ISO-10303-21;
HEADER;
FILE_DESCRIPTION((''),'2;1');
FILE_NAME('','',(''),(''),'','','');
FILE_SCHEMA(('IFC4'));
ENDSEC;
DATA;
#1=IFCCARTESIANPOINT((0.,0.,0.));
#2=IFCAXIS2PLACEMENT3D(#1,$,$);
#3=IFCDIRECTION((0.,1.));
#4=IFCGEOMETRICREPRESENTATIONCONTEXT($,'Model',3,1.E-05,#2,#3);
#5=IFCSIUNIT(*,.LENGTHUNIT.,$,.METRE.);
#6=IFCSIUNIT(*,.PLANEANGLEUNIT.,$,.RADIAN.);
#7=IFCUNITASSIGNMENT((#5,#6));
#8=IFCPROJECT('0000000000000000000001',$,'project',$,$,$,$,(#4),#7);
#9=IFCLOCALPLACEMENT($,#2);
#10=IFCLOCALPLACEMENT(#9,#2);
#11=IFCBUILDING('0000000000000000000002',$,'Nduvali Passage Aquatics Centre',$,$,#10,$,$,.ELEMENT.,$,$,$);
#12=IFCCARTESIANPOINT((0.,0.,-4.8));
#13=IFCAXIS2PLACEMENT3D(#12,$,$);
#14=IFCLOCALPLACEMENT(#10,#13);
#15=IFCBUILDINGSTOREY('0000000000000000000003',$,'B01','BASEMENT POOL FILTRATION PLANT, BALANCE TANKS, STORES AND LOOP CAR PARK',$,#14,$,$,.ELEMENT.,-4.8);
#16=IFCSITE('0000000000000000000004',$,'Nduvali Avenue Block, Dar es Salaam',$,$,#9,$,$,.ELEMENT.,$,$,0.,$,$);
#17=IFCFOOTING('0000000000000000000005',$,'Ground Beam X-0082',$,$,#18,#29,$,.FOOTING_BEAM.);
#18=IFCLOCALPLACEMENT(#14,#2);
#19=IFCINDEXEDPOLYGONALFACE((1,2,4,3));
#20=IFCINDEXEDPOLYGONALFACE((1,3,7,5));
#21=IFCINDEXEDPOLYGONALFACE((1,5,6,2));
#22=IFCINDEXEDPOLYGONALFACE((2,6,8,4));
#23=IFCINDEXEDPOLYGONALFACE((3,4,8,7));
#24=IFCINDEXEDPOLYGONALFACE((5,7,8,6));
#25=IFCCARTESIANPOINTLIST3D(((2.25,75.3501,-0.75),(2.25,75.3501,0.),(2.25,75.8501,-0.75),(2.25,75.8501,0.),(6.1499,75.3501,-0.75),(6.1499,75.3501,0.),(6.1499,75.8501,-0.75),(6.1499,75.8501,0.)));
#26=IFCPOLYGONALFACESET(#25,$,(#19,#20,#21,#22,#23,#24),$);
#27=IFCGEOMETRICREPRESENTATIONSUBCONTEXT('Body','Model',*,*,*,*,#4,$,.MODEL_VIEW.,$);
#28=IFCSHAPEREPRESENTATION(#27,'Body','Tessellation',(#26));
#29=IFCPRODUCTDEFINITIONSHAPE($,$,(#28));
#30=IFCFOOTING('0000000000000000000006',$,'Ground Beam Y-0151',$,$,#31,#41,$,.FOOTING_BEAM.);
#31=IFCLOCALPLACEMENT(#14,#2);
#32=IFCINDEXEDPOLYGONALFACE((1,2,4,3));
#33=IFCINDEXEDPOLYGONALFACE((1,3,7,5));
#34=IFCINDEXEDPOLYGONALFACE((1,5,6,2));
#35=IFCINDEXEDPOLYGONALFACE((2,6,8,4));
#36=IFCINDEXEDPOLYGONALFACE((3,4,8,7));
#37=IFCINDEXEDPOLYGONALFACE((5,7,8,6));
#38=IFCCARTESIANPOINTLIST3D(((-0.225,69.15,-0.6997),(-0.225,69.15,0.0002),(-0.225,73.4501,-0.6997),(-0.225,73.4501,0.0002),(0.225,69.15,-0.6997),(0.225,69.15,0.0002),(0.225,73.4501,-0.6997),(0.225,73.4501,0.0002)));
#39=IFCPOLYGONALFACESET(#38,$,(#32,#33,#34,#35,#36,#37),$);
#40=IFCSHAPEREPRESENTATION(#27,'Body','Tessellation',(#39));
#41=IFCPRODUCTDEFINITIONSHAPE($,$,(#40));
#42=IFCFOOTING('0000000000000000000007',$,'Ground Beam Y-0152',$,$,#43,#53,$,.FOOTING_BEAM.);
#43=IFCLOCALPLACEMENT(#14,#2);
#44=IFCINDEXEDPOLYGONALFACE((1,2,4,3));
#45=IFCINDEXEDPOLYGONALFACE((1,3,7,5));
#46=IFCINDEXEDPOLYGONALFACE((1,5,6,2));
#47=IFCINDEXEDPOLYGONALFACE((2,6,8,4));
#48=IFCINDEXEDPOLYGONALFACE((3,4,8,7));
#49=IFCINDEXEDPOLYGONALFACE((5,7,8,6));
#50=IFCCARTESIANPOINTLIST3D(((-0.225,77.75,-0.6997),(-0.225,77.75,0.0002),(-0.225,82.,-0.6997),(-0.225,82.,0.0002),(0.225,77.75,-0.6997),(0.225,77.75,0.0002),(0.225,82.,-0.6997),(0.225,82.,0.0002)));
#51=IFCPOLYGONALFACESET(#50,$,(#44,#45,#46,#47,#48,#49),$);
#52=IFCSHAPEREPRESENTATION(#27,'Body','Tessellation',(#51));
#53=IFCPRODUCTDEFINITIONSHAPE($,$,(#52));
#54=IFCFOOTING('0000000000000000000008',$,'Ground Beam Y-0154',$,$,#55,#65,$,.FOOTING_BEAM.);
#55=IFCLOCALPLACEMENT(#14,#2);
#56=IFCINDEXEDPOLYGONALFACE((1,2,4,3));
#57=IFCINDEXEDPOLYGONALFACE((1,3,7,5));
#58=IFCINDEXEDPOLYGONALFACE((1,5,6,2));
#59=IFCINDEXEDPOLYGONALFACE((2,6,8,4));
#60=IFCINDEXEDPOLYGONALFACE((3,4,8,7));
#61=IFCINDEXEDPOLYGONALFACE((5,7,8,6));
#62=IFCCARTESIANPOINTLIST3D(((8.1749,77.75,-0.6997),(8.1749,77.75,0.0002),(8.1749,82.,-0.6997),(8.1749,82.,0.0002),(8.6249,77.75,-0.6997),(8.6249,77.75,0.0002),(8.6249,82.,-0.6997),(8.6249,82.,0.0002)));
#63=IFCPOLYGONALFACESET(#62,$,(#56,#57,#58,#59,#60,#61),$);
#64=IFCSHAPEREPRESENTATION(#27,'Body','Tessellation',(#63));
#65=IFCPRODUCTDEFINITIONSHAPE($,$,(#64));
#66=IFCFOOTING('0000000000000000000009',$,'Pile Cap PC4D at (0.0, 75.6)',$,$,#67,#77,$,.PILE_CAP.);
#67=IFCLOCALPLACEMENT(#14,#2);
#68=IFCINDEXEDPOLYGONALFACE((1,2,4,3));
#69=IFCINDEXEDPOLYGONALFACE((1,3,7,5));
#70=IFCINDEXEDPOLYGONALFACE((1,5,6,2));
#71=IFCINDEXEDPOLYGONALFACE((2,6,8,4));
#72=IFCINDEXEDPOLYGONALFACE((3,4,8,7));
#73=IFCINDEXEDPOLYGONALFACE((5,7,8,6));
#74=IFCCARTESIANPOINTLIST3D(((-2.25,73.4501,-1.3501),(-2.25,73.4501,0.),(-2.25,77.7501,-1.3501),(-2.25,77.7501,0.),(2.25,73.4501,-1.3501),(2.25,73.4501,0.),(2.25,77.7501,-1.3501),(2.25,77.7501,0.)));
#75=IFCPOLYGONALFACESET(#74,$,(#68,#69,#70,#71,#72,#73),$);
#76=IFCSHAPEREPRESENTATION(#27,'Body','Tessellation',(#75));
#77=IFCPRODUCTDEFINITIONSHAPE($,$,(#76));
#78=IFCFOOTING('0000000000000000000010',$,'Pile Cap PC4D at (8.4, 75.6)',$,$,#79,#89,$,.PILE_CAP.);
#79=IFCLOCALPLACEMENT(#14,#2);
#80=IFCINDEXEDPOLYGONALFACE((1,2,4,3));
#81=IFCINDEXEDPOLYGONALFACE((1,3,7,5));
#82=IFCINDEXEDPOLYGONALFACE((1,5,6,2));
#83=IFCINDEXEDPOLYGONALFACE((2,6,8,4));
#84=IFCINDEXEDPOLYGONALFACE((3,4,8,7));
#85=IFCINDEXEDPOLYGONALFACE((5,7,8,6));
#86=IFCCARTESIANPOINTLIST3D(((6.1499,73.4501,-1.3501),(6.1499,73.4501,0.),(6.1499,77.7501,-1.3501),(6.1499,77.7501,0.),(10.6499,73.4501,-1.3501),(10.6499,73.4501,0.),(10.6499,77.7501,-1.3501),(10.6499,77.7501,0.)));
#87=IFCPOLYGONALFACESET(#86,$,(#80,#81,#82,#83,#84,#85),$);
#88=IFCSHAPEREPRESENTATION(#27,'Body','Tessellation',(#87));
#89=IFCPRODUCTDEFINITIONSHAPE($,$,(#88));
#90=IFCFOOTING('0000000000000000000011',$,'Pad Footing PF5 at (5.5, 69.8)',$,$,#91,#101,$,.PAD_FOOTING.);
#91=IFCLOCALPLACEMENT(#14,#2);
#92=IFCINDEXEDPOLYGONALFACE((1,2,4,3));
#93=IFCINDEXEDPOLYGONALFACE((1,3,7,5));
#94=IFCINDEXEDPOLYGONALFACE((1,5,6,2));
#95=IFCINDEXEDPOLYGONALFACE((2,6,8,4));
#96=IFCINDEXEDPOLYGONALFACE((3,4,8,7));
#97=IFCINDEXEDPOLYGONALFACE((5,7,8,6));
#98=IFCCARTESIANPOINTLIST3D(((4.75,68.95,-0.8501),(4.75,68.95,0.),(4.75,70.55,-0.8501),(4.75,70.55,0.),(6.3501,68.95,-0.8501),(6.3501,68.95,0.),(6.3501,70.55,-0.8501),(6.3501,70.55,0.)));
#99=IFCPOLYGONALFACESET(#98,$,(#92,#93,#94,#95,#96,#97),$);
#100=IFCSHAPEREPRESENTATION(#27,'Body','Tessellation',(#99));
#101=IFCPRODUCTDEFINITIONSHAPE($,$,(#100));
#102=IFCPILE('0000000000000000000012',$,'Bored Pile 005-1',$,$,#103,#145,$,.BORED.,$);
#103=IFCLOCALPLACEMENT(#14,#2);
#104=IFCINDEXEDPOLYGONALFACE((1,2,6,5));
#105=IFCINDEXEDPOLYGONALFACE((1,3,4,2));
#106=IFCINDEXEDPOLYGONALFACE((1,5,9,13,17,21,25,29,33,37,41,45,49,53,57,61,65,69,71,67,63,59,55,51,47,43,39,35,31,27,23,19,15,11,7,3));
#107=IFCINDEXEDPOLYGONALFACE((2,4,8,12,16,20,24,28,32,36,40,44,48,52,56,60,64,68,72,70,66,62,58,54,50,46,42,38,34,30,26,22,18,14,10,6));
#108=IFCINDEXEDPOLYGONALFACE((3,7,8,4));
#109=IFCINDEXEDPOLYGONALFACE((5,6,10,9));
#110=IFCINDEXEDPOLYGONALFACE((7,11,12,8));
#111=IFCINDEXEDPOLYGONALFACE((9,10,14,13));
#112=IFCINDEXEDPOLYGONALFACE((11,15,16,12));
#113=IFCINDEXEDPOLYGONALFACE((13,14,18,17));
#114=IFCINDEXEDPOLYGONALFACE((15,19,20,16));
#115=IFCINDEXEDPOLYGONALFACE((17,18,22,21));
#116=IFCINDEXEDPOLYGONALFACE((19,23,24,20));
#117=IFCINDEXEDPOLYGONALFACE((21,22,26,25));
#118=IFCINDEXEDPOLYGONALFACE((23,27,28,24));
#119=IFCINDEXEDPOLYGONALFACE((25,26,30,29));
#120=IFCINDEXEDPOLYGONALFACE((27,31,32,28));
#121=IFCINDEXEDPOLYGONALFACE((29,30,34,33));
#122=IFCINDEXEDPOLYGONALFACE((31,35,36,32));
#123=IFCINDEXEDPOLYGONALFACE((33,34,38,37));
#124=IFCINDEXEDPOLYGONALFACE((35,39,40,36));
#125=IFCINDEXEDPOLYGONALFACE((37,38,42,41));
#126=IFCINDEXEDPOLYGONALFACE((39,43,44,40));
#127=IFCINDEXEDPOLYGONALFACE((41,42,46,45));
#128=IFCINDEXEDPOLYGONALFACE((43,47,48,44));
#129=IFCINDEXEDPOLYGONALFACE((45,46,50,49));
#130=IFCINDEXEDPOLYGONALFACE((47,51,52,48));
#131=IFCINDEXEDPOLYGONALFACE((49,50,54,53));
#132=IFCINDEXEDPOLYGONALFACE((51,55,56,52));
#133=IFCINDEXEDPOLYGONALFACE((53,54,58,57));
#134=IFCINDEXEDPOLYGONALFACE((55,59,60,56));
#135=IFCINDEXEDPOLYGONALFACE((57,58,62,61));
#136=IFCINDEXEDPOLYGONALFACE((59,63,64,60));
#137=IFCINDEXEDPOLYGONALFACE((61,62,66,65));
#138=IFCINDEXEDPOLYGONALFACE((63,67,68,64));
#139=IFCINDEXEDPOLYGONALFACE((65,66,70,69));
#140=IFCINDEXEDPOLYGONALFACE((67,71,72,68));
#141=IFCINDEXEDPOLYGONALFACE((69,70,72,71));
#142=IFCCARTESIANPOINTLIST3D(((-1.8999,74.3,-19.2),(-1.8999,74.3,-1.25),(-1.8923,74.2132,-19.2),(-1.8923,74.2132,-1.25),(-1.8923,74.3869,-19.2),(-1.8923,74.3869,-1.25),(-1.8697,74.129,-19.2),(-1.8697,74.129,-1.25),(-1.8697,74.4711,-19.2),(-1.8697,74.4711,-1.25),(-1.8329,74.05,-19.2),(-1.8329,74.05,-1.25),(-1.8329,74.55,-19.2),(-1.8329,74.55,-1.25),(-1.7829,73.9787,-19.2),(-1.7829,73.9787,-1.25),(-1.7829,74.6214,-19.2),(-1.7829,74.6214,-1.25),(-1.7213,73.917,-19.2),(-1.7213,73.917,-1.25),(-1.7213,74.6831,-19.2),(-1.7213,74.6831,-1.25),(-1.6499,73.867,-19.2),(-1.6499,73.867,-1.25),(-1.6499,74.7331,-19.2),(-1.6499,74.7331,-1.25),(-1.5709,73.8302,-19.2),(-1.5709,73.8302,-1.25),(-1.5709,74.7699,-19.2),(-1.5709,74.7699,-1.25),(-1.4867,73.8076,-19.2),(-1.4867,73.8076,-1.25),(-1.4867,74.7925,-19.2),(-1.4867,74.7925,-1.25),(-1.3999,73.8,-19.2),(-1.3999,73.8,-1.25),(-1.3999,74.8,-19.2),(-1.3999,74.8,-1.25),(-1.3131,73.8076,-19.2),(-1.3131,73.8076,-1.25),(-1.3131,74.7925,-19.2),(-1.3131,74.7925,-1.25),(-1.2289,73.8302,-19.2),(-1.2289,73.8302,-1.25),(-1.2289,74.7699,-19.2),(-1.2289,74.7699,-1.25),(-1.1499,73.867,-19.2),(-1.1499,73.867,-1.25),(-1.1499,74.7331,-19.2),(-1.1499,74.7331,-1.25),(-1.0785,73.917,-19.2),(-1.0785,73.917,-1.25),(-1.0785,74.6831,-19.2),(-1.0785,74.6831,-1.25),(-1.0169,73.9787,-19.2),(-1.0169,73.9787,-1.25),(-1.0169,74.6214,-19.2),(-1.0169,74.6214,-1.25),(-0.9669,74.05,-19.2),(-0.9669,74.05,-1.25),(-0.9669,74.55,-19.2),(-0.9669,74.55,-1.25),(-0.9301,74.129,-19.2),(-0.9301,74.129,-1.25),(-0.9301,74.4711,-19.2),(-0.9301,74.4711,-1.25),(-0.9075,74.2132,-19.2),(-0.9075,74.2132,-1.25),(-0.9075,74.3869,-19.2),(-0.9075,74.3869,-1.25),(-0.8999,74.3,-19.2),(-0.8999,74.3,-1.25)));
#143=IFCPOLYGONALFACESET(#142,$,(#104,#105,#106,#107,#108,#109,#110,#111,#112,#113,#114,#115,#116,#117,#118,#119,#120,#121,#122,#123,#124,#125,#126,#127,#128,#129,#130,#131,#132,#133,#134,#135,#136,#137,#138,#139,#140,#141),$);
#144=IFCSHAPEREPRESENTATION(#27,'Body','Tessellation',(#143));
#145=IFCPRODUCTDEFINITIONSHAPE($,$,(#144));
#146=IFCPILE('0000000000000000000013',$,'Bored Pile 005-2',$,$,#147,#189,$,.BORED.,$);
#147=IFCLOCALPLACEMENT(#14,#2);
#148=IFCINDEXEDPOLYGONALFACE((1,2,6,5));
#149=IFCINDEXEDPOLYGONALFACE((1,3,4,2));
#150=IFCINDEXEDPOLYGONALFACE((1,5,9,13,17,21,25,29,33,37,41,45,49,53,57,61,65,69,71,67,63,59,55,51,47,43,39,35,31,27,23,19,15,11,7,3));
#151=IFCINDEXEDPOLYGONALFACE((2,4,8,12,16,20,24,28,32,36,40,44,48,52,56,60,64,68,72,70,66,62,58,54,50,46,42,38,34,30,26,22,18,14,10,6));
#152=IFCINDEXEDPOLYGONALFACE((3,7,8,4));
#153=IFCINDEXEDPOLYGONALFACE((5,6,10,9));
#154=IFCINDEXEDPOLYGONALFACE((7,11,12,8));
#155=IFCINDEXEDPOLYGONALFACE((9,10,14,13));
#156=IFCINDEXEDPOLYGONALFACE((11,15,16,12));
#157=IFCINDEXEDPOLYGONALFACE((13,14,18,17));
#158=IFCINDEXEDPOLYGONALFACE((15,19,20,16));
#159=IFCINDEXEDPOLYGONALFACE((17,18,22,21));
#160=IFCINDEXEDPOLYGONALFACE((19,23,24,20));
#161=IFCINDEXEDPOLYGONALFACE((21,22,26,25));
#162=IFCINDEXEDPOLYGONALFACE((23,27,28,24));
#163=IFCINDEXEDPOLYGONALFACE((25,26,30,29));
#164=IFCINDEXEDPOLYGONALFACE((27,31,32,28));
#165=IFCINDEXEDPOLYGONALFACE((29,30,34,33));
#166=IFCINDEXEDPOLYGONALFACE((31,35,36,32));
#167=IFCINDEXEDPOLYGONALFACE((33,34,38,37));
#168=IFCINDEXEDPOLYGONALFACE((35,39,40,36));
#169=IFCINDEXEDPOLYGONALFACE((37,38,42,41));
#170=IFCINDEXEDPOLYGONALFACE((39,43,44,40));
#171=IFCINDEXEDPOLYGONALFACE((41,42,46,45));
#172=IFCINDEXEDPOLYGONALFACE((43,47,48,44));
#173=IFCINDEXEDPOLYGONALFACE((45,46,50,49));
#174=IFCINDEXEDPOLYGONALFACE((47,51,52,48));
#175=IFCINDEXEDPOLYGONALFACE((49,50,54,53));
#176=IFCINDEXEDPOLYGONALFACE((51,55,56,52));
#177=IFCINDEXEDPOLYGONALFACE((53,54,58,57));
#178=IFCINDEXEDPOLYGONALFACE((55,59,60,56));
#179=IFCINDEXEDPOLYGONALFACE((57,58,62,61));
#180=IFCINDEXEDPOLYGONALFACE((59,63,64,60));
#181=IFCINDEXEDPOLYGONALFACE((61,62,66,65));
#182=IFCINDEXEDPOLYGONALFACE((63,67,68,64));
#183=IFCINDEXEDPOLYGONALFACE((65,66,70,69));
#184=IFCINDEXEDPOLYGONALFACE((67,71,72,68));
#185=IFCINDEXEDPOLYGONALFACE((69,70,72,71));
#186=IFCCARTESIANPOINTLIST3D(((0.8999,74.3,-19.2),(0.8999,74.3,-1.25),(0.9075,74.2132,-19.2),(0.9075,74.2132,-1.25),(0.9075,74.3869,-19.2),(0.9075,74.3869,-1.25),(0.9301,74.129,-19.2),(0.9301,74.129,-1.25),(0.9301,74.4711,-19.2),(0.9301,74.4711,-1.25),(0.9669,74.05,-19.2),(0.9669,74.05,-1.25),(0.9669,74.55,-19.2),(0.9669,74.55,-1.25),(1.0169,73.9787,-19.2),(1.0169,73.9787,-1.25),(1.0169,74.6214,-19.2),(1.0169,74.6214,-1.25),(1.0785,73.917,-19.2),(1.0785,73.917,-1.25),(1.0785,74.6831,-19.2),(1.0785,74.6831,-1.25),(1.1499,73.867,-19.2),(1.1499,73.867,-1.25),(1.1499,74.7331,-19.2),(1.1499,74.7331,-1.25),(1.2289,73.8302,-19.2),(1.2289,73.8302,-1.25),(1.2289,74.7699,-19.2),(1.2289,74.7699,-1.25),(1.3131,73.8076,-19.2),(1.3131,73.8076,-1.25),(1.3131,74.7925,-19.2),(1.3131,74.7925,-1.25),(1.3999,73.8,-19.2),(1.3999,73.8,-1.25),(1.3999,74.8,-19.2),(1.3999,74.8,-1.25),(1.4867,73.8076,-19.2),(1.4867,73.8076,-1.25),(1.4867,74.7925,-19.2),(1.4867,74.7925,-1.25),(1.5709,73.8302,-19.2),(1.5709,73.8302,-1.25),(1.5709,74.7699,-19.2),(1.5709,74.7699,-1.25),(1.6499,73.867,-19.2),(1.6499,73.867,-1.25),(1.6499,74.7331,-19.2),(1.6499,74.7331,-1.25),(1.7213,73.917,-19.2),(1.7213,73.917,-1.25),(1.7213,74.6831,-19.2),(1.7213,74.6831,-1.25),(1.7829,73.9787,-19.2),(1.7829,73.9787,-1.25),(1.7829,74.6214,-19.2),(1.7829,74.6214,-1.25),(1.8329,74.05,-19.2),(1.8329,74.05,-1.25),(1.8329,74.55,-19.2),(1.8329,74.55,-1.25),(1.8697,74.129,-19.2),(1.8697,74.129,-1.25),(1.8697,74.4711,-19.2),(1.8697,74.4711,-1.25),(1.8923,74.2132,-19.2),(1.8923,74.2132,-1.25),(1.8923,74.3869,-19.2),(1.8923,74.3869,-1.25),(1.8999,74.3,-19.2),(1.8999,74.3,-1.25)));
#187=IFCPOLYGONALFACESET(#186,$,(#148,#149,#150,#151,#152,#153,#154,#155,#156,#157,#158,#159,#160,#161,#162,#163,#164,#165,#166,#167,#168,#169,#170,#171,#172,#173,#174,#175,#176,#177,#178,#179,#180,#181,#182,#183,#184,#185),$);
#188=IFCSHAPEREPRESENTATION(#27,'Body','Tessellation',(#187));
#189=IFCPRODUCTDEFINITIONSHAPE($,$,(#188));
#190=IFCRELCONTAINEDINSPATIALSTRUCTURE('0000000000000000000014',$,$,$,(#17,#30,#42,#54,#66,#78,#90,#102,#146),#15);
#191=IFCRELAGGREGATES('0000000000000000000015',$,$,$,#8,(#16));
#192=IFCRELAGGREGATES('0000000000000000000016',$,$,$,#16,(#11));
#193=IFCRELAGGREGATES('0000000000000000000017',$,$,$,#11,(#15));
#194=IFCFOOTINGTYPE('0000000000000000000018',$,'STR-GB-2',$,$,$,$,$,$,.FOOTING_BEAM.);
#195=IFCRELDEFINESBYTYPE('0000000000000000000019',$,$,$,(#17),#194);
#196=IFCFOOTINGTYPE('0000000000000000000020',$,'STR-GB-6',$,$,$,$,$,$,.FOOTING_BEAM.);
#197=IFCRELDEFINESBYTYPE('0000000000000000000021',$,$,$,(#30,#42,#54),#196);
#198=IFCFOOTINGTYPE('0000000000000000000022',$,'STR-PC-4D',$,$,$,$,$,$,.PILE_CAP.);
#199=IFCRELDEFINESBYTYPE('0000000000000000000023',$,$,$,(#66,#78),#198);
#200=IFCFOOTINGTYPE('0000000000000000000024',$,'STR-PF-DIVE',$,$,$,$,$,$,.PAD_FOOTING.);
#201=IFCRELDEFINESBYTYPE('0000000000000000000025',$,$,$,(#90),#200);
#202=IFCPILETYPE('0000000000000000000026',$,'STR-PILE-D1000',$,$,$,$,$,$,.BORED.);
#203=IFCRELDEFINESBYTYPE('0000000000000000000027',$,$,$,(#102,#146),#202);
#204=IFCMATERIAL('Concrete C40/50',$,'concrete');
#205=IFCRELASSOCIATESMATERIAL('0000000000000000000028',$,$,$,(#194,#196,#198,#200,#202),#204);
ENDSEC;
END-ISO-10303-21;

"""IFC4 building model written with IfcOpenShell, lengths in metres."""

from ifc_helpers import new_model, si_unit, direction, frame, origin, origin_2d, place, context, subcontext, project, spatial, rectangle, circle, extrude, material, material_profile, profile_set, type_object, element, save


model = new_model("IFC4")

# Units and contexts
model_context = context("Model", 3, precision=1e-05, world=origin(), true_north=direction((0.0, 1.0)))
body_context = subcontext(model_context, "Body", "Model", "MODEL_VIEW")
ifc_project = project(units=[si_unit("LENGTHUNIT", "METRE"), si_unit("PLANEANGLEUNIT", "RADIAN")], contexts=[model_context])

# Site, building, storey
site_placement = place(None, origin())
site = spatial("IfcSite", under=ifc_project, at=site_placement, Name="Nduvali Avenue Block, Dar es Salaam", CompositionType="ELEMENT", RefElevation=0.0)
building_placement = place(site_placement, origin())
building = spatial("IfcBuilding", under=site, at=building_placement, Name="Nduvali Passage Aquatics Centre", CompositionType="ELEMENT")
storey_placement = place(building_placement, frame((0.0, 0.0, -4.8)))
storey = spatial("IfcBuildingStorey", under=building, at=storey_placement, Name="B01", Description="BASEMENT POOL FILTRATION PLANT, BALANCE TANKS, STORES AND LOOP CAR PARK", CompositionType="ELEMENT", Elevation=-4.8)

# Footings
ifc_material_1 = material(Name="Concrete C40/50", Category="concrete")
footing_type_1 = type_object("IfcFootingType", Name="STR-GB-2", PredefinedType="FOOTING_BEAM", material=ifc_material_1)
footing_1_placement = place(storey_placement, frame((4.2, 75.6001, -0.75), z_axis=(0.0, 0.0, 1.0), x_axis=(1.0, 0.0, 0.0)))
element("IfcFooting", 1, at=footing_1_placement, inside=storey, type_object=footing_type_1, Name="Ground Beam X-0082", PredefinedType="FOOTING_BEAM", context=body_context, shape_type="SweptSolid", body=[
    extrude(rectangle(XDim=3.8999, YDim=0.5, at=origin_2d()), origin(), (0.0, 0.0, 1.0), 0.75),
])
footing_type_2 = type_object("IfcFootingType", Name="STR-GB-6", PredefinedType="FOOTING_BEAM", material=ifc_material_1)
footing_2_placement = place(storey_placement, frame((0.0, 71.3, -0.6997), z_axis=(0.0, 0.0, 1.0), x_axis=(0.0, 1.0, 0.0)))
element("IfcFooting", 2, at=footing_2_placement, inside=storey, type_object=footing_type_2, Name="Ground Beam Y-0151", PredefinedType="FOOTING_BEAM", context=body_context, shape_type="SweptSolid", body=[
    extrude(rectangle(XDim=4.3, YDim=0.45, at=origin_2d()), origin(), (0.0, 0.0, 1.0), 0.7),
])
for number, where, z_axis, x_axis, name in (
    (3, (0.0, 79.875, -0.6997), (0.0, 0.0, 1.0), (0.0, 1.0, 0.0), "Ground Beam Y-0152"),
    (4, (8.3999, 79.875, -0.6997), (0.0, 0.0, 1.0), (0.0, 1.0, 0.0), "Ground Beam Y-0154"),
):
    element("IfcFooting", number, at=place(storey_placement, frame(where, z_axis=z_axis, x_axis=x_axis)), inside=storey, type_object=footing_type_2, Name=name, PredefinedType="FOOTING_BEAM", context=body_context, shape_type="SweptSolid", body=[
        extrude(rectangle(XDim=4.25, YDim=0.45, at=origin_2d()), origin(), (0.0, 0.0, 1.0), 0.7),
    ])
footing_type_3 = type_object("IfcFootingType", Name="STR-PC-4D", PredefinedType="PILE_CAP", material=ifc_material_1)
for number, where, z_axis, x_axis, name in (
    (5, (0.0, 75.6001, -1.3501), (0.0, 0.0, 1.0), (1.0, 0.0, 0.0), "Pile Cap PC4D at (0.0, 75.6)"),
    (6, (8.3999, 75.6001, -1.3501), (0.0, 0.0, 1.0), (1.0, 0.0, 0.0), "Pile Cap PC4D at (8.4, 75.6)"),
):
    element("IfcFooting", number, at=place(storey_placement, frame(where, z_axis=z_axis, x_axis=x_axis)), inside=storey, type_object=footing_type_3, Name=name, PredefinedType="PILE_CAP", context=body_context, shape_type="SweptSolid", body=[
        extrude(rectangle(XDim=4.5, YDim=4.3, at=origin_2d()), origin(), (0.0, 0.0, 1.0), 1.3501),
    ])
footing_type_4 = type_object("IfcFootingType", Name="STR-PF-DIVE", PredefinedType="PAD_FOOTING", material=ifc_material_1)
footing_3_placement = place(storey_placement, frame((5.55, 69.75, -0.8501), z_axis=(0.0, 0.0, 1.0), x_axis=(1.0, 0.0, 0.0)))
element("IfcFooting", 7, at=footing_3_placement, inside=storey, type_object=footing_type_4, Name="Pad Footing PF5 at (5.5, 69.8)", PredefinedType="PAD_FOOTING", context=body_context, shape_type="SweptSolid", body=[
    extrude(rectangle(XDim=1.6001, YDim=1.6001, at=origin_2d()), origin(), (0.0, 0.0, 1.0), 0.8501),
])

# Piles
ifc_material_profile_1 = material_profile(ifc_material_1, circle(Radius=0.5, at=origin_2d()), Name="PILE D1000")
ifc_profile_set_1 = profile_set([ifc_material_profile_1], Name="Concrete C40/50")
pile_type = type_object("IfcPileType", Name="STR-PILE-D1000", PredefinedType="BORED", material=ifc_profile_set_1)
for number, where, z_axis, x_axis, name in (
    (8, (-1.3999, 74.3, -1.25), (0.0, 0.0, -1.0), (1.0, 0.0, 0.0), "Bored Pile 005-1"),
    (9, (1.3999, 74.3, -1.25), (0.0, 0.0, -1.0), (1.0, 0.0, 0.0), "Bored Pile 005-2"),
):
    element("IfcPile", number, at=place(storey_placement, frame(where, z_axis=z_axis, x_axis=x_axis)), inside=storey, type_object=pile_type, Name=name, PredefinedType="BORED", context=body_context, shape_type="SweptSolid", body=[
        extrude(circle(Radius=0.5, at=origin_2d()), origin(), (0.0, 0.0, 1.0), 17.95),
    ])

save(model, "model.ifc")
